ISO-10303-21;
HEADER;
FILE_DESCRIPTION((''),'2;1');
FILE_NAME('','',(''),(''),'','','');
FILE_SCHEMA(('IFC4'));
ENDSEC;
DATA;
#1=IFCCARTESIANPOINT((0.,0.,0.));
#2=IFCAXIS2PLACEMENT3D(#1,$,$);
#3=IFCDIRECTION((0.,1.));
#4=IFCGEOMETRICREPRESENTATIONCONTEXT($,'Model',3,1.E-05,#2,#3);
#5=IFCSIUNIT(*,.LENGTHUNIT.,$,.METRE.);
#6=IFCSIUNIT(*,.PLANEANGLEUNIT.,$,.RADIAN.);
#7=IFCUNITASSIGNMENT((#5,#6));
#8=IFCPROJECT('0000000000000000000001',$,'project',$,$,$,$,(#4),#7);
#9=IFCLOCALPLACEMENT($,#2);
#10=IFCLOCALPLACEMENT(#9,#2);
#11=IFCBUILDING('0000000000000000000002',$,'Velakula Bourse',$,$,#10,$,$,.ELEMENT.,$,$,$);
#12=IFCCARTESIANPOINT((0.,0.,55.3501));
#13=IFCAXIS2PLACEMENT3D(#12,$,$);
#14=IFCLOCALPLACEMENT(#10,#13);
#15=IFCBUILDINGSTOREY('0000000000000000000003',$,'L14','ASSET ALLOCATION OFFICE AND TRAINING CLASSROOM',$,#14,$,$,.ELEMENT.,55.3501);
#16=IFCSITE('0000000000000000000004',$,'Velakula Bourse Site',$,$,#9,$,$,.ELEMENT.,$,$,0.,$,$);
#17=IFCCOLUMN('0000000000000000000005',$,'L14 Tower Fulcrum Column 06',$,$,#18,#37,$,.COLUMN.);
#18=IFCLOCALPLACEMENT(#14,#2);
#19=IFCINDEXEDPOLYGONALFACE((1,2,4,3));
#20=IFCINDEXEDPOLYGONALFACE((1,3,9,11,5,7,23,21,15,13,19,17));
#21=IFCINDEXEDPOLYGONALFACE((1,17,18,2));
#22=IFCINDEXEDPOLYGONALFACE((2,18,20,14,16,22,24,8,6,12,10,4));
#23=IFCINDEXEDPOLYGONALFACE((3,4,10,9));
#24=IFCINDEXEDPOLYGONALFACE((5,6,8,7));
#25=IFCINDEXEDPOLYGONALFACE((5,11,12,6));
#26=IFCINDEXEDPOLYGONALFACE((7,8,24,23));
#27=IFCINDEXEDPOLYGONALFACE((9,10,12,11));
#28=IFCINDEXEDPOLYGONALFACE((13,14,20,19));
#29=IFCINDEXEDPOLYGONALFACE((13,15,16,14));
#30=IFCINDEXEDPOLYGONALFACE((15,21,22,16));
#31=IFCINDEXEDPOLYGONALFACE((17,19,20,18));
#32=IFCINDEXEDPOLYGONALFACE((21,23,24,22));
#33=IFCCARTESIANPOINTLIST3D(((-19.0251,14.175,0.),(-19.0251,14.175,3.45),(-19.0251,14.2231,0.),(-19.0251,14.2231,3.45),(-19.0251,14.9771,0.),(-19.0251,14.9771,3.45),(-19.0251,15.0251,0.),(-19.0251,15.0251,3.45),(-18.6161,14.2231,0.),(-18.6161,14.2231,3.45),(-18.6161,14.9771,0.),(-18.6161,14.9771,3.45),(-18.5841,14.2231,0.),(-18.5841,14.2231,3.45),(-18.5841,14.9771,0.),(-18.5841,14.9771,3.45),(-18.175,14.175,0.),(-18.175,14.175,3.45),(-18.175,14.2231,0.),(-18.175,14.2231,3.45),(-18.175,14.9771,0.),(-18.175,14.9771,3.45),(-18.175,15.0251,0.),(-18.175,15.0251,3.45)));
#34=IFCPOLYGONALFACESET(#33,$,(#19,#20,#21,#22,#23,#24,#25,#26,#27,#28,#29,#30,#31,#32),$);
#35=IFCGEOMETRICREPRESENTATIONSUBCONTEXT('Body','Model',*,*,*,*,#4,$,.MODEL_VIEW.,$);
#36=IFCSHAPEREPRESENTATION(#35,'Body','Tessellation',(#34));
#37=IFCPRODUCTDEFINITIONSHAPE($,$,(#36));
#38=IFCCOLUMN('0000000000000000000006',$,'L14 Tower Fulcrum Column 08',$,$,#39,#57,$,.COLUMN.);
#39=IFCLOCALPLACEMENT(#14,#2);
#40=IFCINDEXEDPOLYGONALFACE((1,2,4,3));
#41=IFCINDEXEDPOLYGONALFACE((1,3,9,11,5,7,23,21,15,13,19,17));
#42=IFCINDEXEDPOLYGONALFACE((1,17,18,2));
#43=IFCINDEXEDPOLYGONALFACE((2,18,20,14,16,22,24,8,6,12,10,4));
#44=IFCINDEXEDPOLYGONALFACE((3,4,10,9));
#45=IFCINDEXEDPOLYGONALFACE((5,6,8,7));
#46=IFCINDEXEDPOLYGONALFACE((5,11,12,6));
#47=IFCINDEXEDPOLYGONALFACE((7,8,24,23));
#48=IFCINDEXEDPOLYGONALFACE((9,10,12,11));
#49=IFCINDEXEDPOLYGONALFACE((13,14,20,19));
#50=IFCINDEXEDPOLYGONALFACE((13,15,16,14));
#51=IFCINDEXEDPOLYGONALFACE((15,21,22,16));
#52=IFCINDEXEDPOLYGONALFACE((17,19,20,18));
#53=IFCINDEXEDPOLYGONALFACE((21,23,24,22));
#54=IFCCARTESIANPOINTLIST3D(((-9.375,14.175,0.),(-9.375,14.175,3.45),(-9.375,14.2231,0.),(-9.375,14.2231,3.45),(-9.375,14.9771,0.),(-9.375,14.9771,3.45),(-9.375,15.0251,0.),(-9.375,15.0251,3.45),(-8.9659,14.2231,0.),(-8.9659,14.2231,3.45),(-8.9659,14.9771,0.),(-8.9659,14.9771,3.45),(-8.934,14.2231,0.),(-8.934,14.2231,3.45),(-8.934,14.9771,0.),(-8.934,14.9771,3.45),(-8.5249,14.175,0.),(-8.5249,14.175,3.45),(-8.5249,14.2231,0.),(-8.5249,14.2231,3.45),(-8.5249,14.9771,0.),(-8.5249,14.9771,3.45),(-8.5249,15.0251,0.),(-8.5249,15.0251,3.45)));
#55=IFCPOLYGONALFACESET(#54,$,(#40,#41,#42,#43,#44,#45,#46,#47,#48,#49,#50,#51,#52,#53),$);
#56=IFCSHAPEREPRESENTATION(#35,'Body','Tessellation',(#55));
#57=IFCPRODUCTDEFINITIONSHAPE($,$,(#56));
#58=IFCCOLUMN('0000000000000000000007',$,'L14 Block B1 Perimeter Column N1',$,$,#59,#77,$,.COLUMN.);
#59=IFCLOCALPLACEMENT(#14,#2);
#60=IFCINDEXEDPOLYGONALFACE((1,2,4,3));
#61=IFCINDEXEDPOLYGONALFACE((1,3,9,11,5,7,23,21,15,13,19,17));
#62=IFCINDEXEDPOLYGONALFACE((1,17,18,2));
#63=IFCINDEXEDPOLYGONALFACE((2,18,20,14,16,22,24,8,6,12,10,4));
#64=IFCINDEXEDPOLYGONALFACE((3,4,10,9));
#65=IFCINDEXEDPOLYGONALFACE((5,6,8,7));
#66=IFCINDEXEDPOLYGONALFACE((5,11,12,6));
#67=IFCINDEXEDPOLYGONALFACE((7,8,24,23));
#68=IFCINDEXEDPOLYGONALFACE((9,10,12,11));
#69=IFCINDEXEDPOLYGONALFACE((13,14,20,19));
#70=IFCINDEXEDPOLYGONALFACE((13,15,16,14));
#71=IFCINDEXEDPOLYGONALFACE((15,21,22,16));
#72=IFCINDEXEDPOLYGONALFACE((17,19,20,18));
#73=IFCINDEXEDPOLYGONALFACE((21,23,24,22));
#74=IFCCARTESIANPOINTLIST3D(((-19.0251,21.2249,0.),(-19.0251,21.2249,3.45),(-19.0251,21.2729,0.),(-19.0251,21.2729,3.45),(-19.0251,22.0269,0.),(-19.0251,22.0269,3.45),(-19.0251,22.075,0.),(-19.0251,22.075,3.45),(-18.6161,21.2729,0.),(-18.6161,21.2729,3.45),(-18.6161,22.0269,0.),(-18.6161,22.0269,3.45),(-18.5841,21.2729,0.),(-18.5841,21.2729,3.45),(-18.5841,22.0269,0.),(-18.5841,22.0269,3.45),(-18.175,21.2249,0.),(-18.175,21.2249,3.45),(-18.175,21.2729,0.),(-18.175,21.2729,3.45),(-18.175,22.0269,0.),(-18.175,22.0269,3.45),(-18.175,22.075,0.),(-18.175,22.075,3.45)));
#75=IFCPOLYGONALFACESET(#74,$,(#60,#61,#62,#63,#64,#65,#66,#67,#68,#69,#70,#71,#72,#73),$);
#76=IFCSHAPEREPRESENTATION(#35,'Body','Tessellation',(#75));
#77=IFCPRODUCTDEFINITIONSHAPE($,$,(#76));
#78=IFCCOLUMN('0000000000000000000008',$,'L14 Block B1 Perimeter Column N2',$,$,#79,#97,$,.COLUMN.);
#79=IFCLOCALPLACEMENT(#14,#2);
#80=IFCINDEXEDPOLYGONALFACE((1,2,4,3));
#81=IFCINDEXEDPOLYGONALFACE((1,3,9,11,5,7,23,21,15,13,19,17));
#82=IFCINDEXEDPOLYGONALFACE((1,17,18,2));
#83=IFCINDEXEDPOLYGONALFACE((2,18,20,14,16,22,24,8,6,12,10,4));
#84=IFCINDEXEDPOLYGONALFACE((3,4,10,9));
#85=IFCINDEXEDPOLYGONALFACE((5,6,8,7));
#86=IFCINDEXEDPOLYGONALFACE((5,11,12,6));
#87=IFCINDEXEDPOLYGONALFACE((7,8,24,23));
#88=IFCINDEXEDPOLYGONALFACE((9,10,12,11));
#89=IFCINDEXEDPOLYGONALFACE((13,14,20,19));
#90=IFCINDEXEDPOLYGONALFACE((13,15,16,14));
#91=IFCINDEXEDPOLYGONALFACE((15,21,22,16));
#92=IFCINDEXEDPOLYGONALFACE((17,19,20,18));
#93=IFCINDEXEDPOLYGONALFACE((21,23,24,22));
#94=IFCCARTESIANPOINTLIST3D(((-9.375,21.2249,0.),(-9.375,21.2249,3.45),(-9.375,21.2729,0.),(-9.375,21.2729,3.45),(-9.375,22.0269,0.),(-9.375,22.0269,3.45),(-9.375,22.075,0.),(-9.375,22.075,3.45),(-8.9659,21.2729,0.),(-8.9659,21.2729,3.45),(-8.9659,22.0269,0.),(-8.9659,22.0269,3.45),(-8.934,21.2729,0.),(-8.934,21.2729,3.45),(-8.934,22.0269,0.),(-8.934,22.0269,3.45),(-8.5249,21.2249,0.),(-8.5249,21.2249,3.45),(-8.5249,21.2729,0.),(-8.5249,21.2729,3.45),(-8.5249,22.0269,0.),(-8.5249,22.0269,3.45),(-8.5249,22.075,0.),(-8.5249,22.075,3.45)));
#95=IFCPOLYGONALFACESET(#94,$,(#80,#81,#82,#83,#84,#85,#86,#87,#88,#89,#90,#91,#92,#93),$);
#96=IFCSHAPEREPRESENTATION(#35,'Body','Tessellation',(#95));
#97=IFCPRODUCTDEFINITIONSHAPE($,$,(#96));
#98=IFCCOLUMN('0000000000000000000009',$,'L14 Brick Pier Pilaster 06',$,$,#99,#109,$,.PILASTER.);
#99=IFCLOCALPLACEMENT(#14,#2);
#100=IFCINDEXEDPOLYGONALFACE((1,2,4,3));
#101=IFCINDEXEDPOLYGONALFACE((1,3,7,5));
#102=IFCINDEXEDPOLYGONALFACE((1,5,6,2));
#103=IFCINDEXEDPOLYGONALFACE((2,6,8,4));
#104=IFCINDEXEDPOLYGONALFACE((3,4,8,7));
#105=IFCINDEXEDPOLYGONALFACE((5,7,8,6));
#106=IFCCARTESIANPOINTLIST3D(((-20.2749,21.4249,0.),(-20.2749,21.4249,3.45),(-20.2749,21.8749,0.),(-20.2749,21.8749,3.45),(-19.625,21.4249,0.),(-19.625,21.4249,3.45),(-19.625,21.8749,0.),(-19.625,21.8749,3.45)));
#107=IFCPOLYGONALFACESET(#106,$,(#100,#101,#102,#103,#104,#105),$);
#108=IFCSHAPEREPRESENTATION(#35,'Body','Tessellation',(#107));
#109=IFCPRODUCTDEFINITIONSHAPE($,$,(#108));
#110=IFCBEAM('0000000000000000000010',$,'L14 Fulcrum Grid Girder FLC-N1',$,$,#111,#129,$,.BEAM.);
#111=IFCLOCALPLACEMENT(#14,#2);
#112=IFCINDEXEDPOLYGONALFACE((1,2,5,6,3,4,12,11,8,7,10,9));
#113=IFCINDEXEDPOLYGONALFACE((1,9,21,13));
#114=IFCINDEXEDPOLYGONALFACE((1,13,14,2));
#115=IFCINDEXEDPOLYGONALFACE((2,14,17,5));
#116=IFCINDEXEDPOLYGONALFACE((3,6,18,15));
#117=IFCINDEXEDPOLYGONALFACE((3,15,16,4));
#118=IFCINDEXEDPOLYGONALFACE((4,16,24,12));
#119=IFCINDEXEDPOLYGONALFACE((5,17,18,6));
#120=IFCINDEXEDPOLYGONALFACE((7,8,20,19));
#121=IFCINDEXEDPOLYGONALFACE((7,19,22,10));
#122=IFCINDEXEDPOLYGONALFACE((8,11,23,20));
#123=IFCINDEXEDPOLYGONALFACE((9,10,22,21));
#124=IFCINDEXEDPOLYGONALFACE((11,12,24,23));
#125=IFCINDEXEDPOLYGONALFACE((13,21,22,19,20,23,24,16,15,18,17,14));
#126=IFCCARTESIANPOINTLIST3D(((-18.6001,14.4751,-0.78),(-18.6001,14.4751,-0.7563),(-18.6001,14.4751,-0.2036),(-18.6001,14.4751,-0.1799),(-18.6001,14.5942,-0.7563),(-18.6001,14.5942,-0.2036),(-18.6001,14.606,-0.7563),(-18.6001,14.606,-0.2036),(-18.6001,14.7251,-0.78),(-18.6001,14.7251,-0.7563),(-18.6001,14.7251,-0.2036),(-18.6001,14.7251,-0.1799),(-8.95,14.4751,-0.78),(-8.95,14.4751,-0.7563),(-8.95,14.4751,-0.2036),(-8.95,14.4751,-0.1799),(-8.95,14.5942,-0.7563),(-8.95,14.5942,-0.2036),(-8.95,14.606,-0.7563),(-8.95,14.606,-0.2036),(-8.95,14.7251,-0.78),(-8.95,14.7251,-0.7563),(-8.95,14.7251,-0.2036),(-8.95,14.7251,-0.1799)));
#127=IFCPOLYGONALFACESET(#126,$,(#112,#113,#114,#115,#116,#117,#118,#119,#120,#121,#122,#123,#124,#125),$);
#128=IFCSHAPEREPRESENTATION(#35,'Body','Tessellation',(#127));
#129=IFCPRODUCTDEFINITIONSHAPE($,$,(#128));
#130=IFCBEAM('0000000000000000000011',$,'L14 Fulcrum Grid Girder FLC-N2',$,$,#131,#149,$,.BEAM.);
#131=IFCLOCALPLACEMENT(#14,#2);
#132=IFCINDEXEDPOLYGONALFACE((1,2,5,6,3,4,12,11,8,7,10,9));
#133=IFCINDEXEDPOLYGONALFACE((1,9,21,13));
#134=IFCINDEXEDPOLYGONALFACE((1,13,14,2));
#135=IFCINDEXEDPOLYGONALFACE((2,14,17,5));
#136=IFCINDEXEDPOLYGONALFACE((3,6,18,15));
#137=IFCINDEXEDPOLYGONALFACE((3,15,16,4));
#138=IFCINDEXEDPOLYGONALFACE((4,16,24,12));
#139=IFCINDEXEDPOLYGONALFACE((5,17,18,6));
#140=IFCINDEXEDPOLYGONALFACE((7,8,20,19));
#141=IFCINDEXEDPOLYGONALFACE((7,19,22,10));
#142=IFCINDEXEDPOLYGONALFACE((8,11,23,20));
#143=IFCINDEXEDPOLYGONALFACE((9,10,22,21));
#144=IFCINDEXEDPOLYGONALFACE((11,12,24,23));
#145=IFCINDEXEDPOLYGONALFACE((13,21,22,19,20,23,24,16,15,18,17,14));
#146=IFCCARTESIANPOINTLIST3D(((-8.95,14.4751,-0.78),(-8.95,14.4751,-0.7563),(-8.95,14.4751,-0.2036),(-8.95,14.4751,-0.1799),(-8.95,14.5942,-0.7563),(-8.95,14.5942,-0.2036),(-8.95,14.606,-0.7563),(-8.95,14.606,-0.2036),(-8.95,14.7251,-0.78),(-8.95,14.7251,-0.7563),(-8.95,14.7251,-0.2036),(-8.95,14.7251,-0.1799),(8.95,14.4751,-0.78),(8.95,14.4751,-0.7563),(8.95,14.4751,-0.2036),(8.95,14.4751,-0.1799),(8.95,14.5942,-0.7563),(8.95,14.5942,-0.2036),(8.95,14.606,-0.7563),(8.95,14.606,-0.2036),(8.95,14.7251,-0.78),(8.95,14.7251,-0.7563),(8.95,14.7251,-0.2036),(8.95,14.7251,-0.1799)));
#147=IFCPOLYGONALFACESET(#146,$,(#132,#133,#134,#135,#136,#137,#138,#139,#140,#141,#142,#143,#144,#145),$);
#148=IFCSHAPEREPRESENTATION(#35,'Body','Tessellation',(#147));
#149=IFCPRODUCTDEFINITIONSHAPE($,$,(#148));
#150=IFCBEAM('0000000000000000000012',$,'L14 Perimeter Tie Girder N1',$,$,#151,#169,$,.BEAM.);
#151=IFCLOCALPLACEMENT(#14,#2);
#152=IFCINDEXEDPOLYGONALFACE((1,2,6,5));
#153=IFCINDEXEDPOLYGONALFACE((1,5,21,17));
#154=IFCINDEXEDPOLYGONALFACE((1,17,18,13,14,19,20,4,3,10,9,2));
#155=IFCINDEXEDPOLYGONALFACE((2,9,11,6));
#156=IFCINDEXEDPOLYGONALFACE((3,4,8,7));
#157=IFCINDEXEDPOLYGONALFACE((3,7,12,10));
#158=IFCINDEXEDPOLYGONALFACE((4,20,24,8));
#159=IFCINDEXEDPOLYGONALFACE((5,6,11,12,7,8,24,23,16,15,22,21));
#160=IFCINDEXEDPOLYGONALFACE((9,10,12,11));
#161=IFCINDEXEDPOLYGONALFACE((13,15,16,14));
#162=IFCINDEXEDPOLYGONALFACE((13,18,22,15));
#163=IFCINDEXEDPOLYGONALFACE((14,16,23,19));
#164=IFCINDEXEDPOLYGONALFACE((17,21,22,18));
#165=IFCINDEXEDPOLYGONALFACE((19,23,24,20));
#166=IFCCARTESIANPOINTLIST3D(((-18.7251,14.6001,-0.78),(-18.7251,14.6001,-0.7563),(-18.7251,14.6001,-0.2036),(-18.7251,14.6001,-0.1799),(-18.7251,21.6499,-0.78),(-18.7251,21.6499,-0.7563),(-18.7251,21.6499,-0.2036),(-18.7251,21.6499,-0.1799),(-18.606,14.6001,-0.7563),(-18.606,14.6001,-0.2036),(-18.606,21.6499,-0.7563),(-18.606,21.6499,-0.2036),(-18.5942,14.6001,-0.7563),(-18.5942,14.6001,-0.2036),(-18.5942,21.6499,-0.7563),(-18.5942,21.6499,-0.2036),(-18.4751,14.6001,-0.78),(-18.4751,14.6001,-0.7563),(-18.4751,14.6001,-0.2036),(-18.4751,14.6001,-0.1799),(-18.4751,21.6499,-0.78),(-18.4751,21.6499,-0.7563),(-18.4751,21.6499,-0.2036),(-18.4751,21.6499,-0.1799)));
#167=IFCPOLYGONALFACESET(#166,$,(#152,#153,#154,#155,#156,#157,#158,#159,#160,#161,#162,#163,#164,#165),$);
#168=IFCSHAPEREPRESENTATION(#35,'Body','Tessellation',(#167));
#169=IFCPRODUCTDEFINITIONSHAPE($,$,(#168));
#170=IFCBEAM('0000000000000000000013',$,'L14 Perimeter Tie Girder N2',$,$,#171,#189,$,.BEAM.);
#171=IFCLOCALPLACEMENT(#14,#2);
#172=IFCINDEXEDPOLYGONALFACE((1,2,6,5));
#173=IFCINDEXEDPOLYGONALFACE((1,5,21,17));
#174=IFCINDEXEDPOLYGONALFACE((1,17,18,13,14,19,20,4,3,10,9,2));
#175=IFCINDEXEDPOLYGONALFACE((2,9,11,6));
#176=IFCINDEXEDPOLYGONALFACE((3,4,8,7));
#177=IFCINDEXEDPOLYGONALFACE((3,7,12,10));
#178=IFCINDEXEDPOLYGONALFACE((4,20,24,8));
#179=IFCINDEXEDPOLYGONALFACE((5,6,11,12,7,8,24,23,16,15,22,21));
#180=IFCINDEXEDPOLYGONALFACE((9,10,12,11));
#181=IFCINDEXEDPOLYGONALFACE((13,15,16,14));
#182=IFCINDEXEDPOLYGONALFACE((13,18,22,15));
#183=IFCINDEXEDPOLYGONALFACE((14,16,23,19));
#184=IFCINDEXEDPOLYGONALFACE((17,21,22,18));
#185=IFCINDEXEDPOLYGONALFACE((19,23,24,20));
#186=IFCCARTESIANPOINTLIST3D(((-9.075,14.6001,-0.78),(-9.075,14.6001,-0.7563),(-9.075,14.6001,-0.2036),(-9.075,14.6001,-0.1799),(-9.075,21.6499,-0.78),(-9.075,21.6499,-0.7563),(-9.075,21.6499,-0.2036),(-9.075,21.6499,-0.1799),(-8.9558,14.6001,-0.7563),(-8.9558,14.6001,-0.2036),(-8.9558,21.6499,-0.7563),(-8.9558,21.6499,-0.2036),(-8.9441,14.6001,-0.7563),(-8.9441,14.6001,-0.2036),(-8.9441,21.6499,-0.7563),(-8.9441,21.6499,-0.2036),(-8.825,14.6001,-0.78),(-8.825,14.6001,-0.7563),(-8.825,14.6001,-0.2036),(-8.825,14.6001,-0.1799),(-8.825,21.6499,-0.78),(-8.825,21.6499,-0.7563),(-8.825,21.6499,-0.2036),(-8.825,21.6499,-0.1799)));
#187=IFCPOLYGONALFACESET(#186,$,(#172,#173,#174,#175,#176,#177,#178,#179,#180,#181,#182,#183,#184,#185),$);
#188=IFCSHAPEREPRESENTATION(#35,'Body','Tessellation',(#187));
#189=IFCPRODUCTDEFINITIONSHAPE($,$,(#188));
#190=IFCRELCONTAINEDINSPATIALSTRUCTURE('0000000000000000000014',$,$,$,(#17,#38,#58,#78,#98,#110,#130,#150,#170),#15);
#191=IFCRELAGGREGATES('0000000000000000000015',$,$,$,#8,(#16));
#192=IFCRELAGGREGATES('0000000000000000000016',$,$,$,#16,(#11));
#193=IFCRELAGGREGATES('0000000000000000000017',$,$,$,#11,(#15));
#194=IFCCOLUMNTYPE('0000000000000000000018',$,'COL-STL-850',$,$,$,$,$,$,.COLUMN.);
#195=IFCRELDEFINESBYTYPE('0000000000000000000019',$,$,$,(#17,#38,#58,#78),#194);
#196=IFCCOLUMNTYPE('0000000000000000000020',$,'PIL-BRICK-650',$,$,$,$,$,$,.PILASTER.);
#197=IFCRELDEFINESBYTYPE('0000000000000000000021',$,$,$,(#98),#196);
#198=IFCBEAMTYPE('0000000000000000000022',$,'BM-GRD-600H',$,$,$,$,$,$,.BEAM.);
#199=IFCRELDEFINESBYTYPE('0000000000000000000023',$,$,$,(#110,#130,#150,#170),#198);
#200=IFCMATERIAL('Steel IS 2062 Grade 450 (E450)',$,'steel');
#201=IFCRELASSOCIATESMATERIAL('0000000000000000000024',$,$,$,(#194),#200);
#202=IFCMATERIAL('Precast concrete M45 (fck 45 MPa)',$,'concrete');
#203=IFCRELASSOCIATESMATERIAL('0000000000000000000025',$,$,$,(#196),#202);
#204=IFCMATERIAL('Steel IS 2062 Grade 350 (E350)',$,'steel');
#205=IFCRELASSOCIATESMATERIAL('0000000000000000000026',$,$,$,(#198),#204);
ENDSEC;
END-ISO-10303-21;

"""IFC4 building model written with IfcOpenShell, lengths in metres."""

from ifc_helpers import new_model, si_unit, direction, frame, origin, origin_2d, place, context, subcontext, project, spatial, rectangle, i_section, extrude, material, material_profile, profile_set, type_object, element, save


model = new_model("IFC4")

# Units and contexts
model_context = context("Model", 3, precision=1e-05, world=origin(), true_north=direction((0.0, 1.0)))
body_context = subcontext(model_context, "Body", "Model", "MODEL_VIEW")
ifc_project = project(units=[si_unit("LENGTHUNIT", "METRE"), si_unit("PLANEANGLEUNIT", "RADIAN")], contexts=[model_context])

# Site, building, storey
site_placement = place(None, origin())
site = spatial("IfcSite", under=ifc_project, at=site_placement, Name="Velakula Bourse Site", CompositionType="ELEMENT", RefElevation=0.0)
building_placement = place(site_placement, origin())
building = spatial("IfcBuilding", under=site, at=building_placement, Name="Velakula Bourse", CompositionType="ELEMENT")
storey_placement = place(building_placement, frame((0.0, 0.0, 55.3501)))
storey = spatial("IfcBuildingStorey", under=building, at=storey_placement, Name="L14", Description="ASSET ALLOCATION OFFICE AND TRAINING CLASSROOM", CompositionType="ELEMENT", Elevation=55.3501)

# Columns
ifc_material_1 = material(Name="Steel IS 2062 Grade 450 (E450)", Category="steel")
ifc_material_profile_1 = material_profile(ifc_material_1, i_section(OverallWidth=0.8501, OverallDepth=0.8501, WebThickness=0.032, FlangeThickness=0.0481, at=origin_2d()), Name="Steel IS 2062 Grade 450 (E450)")
ifc_profile_set_1 = profile_set([ifc_material_profile_1], Name="Steel IS 2062 Grade 450 (E450)")
column_type_1 = type_object("IfcColumnType", Name="COL-STL-850", PredefinedType="COLUMN", material=ifc_profile_set_1)
for number, where, z_axis, x_axis, name in (
    (1, (-18.6001, 14.6001, 0.0), (0.0, 0.0, 1.0), (1.0, 0.0, 0.0), "L14 Tower Fulcrum Column 06"),
    (2, (-8.95, 14.6001, 0.0), (0.0, 0.0, 1.0), (1.0, 0.0, 0.0), "L14 Tower Fulcrum Column 08"),
    (3, (-18.6001, 21.6499, 0.0), (0.0, 0.0, 1.0), (1.0, 0.0, 0.0), "L14 Block B1 Perimeter Column N1"),
    (4, (-8.95, 21.6499, 0.0), (0.0, 0.0, 1.0), (1.0, 0.0, 0.0), "L14 Block B1 Perimeter Column N2"),
):
    element("IfcColumn", number, at=place(storey_placement, frame(where, z_axis=z_axis, x_axis=x_axis)), inside=storey, type_object=column_type_1, Name=name, PredefinedType="COLUMN", context=body_context, shape_type="SweptSolid", body=[
        extrude(i_section(OverallWidth=0.8501, OverallDepth=0.8501, WebThickness=0.032, FlangeThickness=0.0481, at=origin_2d()), origin(), (0.0, 0.0, 1.0), 3.45),
    ])
ifc_material_2 = material(Name="Precast concrete M45 (fck 45 MPa)", Category="concrete")
ifc_material_profile_2 = material_profile(ifc_material_2, rectangle(XDim=0.6499, YDim=0.45, at=origin_2d()), Name="Precast concrete M45 (fck 45 MPa)")
ifc_profile_set_2 = profile_set([ifc_material_profile_2], Name="Precast concrete M45 (fck 45 MPa)")
column_type_2 = type_object("IfcColumnType", Name="PIL-BRICK-650", PredefinedType="PILASTER", material=ifc_profile_set_2)
column_placement = place(storey_placement, frame((-19.95, 21.6499, 0.0), z_axis=(0.0, 0.0, 1.0), x_axis=(1.0, 0.0, 0.0)))
element("IfcColumn", 5, at=column_placement, inside=storey, type_object=column_type_2, Name="L14 Brick Pier Pilaster 06", PredefinedType="PILASTER", context=body_context, shape_type="SweptSolid", body=[
    extrude(rectangle(XDim=0.6499, YDim=0.45, at=origin_2d()), origin(), (0.0, 0.0, 1.0), 3.45),
])

# Beams
ifc_material_3 = material(Name="Steel IS 2062 Grade 350 (E350)", Category="steel")
ifc_material_profile_3 = material_profile(ifc_material_3, i_section(OverallWidth=0.25, OverallDepth=0.6001, WebThickness=0.0117, FlangeThickness=0.0237, at=origin_2d()), Name="Steel IS 2062 Grade 350 (E350)")
ifc_profile_set_3 = profile_set([ifc_material_profile_3], Name="Steel IS 2062 Grade 350 (E350)")
beam_type_1 = type_object("IfcBeamType", Name="BM-GRD-600H", PredefinedType="BEAM", material=ifc_profile_set_3)
beam_1_placement = place(storey_placement, frame((-18.6001, 14.6001, -0.48), z_axis=(1.0, 0.0, 0.0), x_axis=(0.0, 1.0, 0.0)))
element("IfcBeam", 6, at=beam_1_placement, inside=storey, type_object=beam_type_1, Name="L14 Fulcrum Grid Girder FLC-N1", PredefinedType="BEAM", context=body_context, shape_type="SweptSolid", body=[
    extrude(i_section(OverallWidth=0.25, OverallDepth=0.6001, WebThickness=0.0117, FlangeThickness=0.0237, at=origin_2d()), origin(), (0.0, 0.0, 1.0), 9.6501),
])
beam_2_placement = place(storey_placement, frame((-8.95, 14.6001, -0.48), z_axis=(1.0, 0.0, 0.0), x_axis=(0.0, 1.0, 0.0)))
element("IfcBeam", 7, at=beam_2_placement, inside=storey, type_object=beam_type_1, Name="L14 Fulcrum Grid Girder FLC-N2", PredefinedType="BEAM", context=body_context, shape_type="SweptSolid", body=[
    extrude(i_section(OverallWidth=0.25, OverallDepth=0.6001, WebThickness=0.0117, FlangeThickness=0.0237, at=origin_2d()), origin(), (0.0, 0.0, 1.0), 17.8999),
])
for number, where, z_axis, x_axis, name in (
    (8, (-18.6001, 14.6001, -0.48), (0.0, 1.0, 0.0), (-1.0, 0.0, 0.0), "L14 Perimeter Tie Girder N1"),
    (9, (-8.95, 14.6001, -0.48), (0.0, 1.0, 0.0), (-1.0, 0.0, 0.0), "L14 Perimeter Tie Girder N2"),
):
    element("IfcBeam", number, at=place(storey_placement, frame(where, z_axis=z_axis, x_axis=x_axis)), inside=storey, type_object=beam_type_1, Name=name, PredefinedType="BEAM", context=body_context, shape_type="SweptSolid", body=[
        extrude(i_section(OverallWidth=0.25, OverallDepth=0.6001, WebThickness=0.0117, FlangeThickness=0.0237, at=origin_2d()), origin(), (0.0, 0.0, 1.0), 7.0498),
    ])

save(model, "model.ifc")
